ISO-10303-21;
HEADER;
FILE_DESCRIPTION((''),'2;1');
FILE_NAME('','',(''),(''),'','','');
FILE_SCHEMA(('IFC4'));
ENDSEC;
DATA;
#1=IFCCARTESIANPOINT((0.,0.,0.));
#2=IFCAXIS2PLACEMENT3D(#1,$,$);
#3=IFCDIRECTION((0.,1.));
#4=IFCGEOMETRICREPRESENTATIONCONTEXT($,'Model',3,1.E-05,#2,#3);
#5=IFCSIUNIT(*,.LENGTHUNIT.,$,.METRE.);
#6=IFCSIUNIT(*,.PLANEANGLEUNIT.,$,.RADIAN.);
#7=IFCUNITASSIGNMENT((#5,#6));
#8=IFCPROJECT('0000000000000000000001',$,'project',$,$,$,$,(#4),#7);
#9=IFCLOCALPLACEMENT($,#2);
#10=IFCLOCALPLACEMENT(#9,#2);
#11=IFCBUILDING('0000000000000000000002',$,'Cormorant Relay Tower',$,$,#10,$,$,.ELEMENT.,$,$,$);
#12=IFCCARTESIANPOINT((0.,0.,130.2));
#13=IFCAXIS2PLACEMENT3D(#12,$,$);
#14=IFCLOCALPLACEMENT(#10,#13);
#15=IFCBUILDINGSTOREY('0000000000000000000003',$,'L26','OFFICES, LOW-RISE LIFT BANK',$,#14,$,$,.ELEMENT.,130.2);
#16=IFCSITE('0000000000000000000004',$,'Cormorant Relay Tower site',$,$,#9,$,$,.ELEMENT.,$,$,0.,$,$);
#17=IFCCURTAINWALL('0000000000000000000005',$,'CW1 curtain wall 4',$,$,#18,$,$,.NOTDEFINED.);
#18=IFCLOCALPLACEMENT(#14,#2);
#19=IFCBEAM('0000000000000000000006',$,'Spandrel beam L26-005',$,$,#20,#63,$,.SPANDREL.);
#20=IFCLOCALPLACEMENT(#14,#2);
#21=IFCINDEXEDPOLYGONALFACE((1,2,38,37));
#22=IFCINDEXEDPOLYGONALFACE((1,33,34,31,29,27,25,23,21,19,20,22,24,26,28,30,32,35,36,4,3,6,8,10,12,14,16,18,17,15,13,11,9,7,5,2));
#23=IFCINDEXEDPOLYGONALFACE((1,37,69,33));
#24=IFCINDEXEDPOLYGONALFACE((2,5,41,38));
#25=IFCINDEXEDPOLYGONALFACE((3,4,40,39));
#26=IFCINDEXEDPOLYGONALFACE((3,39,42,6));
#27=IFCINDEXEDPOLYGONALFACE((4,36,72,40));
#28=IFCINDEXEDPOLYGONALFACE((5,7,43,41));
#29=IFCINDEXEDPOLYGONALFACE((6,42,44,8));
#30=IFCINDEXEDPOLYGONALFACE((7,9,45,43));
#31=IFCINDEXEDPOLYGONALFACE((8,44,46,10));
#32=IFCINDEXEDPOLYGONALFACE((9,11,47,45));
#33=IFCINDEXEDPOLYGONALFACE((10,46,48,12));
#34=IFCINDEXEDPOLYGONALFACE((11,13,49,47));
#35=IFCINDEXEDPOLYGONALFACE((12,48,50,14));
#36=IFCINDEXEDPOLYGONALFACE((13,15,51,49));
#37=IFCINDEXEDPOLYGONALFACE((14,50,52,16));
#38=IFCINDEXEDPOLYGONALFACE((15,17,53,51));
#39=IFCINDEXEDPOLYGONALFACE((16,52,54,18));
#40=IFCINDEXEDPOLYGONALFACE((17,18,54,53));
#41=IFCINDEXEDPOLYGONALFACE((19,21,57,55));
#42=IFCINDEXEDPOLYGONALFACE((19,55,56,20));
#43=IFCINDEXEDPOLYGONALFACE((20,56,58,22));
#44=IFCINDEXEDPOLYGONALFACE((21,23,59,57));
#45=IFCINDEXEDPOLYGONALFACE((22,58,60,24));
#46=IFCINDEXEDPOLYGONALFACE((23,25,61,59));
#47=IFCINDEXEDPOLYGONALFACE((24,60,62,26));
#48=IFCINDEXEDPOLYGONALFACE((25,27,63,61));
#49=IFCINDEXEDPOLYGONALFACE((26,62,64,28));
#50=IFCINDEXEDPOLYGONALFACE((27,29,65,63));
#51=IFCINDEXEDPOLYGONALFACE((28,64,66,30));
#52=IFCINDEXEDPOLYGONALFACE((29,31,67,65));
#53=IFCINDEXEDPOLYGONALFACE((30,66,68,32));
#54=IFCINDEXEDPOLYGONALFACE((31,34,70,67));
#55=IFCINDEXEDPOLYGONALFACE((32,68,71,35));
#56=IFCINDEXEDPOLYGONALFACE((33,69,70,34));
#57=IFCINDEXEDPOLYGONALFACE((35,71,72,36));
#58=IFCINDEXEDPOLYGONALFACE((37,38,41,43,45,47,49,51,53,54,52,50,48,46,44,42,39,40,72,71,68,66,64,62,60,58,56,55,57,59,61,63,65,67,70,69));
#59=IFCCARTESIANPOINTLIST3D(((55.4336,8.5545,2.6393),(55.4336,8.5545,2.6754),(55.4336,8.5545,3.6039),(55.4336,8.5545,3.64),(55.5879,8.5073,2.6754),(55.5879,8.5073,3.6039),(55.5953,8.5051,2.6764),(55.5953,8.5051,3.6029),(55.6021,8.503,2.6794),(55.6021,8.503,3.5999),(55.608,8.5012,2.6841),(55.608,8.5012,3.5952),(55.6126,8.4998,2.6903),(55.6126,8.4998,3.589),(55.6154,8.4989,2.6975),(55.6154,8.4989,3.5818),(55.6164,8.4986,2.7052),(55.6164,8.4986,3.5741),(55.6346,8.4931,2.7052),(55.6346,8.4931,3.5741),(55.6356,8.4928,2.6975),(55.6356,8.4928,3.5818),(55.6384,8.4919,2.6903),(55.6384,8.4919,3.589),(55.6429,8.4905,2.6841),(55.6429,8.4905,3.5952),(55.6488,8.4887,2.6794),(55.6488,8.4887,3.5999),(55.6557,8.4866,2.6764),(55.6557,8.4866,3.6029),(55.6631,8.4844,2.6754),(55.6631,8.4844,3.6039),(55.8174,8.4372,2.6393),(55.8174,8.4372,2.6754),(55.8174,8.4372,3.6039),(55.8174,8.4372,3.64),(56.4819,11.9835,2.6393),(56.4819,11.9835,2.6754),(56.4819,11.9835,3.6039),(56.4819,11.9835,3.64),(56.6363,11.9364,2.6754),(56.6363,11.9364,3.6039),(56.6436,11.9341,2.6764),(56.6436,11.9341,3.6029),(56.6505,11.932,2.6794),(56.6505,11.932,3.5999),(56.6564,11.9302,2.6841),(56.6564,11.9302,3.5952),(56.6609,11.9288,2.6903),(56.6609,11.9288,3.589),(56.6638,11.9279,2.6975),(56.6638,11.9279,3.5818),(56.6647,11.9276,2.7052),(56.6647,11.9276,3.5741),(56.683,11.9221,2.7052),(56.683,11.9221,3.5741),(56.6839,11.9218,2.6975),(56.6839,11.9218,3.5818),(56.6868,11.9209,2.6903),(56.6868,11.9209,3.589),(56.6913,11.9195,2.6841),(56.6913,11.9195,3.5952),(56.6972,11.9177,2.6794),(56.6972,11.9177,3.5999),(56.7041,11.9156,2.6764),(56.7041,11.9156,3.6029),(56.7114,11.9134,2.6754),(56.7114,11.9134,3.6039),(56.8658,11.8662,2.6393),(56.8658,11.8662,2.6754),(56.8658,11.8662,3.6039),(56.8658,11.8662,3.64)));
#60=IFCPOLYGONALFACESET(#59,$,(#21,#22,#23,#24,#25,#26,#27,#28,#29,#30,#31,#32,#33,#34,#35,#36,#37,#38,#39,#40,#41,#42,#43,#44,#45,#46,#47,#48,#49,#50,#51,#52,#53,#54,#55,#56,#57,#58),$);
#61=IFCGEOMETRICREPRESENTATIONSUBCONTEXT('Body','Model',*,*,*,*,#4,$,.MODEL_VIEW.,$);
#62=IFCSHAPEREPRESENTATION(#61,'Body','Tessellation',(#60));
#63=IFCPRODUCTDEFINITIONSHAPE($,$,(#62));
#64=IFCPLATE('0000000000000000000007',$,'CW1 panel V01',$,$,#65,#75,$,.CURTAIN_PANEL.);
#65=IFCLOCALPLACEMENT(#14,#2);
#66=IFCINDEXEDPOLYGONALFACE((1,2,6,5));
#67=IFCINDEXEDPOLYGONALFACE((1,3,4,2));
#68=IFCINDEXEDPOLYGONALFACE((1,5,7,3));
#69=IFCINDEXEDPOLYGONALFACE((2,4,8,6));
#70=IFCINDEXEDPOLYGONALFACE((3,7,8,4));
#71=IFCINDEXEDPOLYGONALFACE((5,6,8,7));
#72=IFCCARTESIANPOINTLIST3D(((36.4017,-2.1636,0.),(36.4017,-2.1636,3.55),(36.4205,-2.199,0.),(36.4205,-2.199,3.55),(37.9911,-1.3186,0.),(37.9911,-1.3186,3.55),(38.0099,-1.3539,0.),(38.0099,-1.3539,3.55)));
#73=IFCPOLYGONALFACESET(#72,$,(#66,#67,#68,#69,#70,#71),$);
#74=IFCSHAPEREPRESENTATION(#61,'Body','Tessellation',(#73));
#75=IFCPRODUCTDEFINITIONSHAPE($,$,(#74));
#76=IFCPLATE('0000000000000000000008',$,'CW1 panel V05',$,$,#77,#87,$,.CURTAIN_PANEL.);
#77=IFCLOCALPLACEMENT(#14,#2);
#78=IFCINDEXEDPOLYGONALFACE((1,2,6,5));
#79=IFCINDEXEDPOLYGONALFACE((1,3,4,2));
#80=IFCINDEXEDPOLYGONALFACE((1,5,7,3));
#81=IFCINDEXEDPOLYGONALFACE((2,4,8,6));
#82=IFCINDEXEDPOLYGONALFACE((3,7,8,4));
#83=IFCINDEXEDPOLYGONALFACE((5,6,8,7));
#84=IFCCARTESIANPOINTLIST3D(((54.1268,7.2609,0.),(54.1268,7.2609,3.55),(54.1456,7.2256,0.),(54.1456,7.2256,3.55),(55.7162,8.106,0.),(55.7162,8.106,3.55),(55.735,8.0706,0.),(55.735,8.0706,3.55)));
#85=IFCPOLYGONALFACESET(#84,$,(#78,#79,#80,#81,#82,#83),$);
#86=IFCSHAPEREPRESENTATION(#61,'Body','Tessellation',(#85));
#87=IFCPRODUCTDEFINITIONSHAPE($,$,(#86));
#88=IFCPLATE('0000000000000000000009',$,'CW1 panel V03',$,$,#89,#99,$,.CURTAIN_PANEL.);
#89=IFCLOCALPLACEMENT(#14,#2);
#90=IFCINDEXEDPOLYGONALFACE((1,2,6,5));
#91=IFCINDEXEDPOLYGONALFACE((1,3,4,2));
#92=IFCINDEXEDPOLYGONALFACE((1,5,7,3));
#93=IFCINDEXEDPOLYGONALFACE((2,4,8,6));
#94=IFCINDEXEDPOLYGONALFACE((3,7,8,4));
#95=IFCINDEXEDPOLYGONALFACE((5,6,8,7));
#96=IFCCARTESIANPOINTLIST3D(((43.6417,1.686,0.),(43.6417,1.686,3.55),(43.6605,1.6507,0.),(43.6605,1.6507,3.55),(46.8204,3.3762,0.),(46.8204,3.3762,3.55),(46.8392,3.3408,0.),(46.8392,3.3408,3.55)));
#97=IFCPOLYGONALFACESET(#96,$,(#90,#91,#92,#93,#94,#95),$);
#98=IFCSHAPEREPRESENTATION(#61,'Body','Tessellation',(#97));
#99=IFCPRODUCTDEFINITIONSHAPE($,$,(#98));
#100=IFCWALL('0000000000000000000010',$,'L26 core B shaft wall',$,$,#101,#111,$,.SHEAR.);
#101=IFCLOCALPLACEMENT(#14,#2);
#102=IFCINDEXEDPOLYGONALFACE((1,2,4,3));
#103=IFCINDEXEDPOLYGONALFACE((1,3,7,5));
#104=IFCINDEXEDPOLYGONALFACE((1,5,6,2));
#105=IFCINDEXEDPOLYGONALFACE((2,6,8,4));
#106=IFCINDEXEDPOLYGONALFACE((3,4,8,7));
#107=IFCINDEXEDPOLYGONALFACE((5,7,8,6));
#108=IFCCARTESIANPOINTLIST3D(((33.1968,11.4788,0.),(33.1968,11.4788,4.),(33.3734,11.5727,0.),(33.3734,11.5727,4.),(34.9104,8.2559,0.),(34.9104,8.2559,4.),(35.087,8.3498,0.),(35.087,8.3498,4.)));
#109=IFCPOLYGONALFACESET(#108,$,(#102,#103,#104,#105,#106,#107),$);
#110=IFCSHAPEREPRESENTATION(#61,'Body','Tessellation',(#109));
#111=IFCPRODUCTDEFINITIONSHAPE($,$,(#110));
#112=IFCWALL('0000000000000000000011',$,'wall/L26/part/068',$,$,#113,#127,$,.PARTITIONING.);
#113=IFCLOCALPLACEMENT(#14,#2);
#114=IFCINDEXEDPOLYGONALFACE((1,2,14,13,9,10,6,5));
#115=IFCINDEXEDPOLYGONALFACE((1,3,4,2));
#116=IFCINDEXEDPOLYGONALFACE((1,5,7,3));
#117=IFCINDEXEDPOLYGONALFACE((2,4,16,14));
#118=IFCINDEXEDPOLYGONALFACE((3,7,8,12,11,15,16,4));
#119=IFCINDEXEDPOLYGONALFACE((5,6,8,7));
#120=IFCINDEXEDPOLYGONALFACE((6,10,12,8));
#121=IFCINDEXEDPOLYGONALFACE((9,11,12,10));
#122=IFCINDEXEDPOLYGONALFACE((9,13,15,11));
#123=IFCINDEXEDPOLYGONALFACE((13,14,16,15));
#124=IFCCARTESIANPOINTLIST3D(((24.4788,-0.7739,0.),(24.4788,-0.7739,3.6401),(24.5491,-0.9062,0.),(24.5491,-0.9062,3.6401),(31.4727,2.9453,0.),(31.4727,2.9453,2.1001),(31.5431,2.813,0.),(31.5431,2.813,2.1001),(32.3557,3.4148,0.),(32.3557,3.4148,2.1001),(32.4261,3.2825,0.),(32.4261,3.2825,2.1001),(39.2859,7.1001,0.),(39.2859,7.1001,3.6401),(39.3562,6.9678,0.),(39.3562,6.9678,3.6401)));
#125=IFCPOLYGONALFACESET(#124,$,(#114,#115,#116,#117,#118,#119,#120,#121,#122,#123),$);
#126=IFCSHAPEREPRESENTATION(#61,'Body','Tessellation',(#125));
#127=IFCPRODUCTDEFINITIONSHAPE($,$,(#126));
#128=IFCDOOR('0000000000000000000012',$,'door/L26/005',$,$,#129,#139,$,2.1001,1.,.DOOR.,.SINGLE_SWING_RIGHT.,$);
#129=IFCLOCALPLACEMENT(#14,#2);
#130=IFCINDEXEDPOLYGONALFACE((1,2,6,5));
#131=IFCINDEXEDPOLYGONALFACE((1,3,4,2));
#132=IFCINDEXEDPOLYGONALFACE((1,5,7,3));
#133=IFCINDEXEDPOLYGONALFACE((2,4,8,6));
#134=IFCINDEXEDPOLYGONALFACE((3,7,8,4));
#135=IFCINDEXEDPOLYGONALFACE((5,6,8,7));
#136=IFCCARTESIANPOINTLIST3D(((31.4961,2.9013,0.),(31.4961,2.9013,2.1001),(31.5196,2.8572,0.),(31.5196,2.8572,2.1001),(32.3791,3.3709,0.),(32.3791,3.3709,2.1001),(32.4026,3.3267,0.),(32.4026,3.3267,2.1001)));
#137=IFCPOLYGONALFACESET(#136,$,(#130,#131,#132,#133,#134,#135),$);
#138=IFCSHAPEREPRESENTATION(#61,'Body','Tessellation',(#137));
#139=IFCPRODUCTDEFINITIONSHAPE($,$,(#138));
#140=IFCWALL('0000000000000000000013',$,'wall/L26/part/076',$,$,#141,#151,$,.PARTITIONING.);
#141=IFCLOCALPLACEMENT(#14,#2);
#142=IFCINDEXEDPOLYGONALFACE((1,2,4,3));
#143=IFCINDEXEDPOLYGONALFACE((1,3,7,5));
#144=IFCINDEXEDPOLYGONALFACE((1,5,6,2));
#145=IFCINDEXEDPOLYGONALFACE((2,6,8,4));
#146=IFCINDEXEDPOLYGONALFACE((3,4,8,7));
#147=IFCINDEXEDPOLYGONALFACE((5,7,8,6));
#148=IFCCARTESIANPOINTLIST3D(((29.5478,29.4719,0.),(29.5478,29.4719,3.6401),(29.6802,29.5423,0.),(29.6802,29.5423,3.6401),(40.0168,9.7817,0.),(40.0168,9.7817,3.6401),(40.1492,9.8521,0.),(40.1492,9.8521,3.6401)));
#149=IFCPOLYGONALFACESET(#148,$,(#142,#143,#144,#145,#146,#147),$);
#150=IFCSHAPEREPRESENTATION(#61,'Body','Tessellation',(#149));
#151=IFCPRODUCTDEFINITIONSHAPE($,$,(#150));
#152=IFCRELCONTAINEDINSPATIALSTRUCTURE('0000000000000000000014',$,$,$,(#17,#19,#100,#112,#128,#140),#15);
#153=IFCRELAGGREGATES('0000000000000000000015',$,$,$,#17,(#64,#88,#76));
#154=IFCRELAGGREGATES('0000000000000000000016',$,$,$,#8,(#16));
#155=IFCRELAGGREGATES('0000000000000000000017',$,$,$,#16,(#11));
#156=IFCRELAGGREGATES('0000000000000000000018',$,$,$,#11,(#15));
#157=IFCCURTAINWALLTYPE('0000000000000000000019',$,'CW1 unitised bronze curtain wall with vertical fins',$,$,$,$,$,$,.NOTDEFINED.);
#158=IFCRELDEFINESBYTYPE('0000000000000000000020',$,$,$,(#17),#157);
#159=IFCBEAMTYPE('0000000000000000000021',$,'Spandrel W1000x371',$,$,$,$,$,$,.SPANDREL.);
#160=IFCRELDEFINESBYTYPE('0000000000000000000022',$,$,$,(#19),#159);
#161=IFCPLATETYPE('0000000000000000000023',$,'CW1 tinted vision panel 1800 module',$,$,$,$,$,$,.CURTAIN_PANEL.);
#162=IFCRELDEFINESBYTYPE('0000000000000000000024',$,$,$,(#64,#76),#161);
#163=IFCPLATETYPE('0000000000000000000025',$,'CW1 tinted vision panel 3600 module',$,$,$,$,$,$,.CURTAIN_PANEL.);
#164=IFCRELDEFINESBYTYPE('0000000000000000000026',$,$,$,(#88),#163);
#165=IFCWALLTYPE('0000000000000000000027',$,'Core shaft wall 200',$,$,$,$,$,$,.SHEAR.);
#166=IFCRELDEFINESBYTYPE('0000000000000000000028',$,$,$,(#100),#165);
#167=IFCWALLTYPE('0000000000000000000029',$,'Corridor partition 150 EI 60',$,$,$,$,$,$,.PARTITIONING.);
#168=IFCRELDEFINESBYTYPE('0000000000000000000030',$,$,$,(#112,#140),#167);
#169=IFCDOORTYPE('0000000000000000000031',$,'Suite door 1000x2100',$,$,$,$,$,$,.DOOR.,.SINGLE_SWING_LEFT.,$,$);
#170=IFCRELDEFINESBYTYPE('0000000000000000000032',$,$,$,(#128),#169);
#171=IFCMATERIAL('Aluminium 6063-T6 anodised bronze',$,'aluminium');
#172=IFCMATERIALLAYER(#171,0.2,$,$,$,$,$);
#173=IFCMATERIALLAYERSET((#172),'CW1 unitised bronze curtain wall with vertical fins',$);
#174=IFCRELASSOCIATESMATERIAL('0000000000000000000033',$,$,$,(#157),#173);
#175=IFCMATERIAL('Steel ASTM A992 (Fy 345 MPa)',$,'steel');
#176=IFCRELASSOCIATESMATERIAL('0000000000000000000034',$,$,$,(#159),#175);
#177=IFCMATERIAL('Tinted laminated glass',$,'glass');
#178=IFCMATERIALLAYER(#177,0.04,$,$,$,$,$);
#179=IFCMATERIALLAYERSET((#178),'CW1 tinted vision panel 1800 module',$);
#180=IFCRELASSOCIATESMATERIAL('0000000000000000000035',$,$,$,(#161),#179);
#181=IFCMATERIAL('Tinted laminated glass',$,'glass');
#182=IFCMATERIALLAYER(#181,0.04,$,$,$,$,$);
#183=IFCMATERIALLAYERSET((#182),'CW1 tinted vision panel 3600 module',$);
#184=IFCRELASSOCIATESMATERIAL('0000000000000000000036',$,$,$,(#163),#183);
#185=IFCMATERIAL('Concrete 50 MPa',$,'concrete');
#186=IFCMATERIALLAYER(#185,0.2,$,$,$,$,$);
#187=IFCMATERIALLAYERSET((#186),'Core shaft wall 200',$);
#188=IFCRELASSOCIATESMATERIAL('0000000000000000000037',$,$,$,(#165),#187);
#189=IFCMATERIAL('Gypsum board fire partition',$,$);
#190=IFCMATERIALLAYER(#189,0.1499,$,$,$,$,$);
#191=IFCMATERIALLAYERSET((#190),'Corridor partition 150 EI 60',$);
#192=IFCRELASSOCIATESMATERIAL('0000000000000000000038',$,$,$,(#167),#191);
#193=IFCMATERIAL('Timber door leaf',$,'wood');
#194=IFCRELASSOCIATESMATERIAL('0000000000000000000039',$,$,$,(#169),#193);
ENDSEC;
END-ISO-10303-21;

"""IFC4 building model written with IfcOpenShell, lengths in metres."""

from ifc_helpers import new_model, si_unit, direction, frame, frame_2d, origin, origin_2d, place, context, subcontext, project, spatial, rectangle, i_section, extrude, material, layer, layer_set, material_profile, profile_set, type_object, element, fill, aggregate, save


model = new_model("IFC4")

# Units and contexts
model_context = context("Model", 3, precision=1e-05, world=origin(), true_north=direction((0.0, 1.0)))
body_context = subcontext(model_context, "Body", "Model", "MODEL_VIEW")
ifc_project = project(units=[si_unit("LENGTHUNIT", "METRE"), si_unit("PLANEANGLEUNIT", "RADIAN")], contexts=[model_context])

# Site, building, storey
site_placement = place(None, origin())
site = spatial("IfcSite", under=ifc_project, at=site_placement, Name="Cormorant Relay Tower site", CompositionType="ELEMENT", RefElevation=0.0)
building_placement = place(site_placement, origin())
building = spatial("IfcBuilding", under=site, at=building_placement, Name="Cormorant Relay Tower", CompositionType="ELEMENT")
storey_placement = place(building_placement, frame((0.0, 0.0, 130.2)))
storey = spatial("IfcBuildingStorey", under=building, at=storey_placement, Name="L26", Description="OFFICES, LOW-RISE LIFT BANK", CompositionType="ELEMENT", Elevation=130.2)

# Shared definitions
ifc_material_1 = material(Name="Aluminium 6063-T6 anodised bronze", Category="aluminium")
ifc_layer_1 = layer(ifc_material_1, 0.2)
ifc_layer_set_1 = layer_set([ifc_layer_1], Name="CW1 unitised bronze curtain wall with vertical fins")
curtain_wall_type = type_object("IfcCurtainWallType", Name="CW1 unitised bronze curtain wall with vertical fins", PredefinedType="NOTDEFINED", material=ifc_layer_set_1)

# Curtain wall
curtain_wall_1_placement = place(storey_placement, origin())
curtain_wall_1 = element("IfcCurtainWall", 1, at=curtain_wall_1_placement, inside=storey, type_object=curtain_wall_type, Name="CW1 curtain wall 4", PredefinedType="NOTDEFINED")

# Beam
ifc_material_2 = material(Name="Steel ASTM A992 (Fy 345 MPa)", Category="steel")
ifc_material_profile_1 = material_profile(ifc_material_2, i_section(OverallWidth=0.4014, OverallDepth=1.0007, WebThickness=0.019, FlangeThickness=0.0361, FilletRadius=0.0298, at=origin_2d()), Name="W1000x371")
ifc_profile_set_1 = profile_set([ifc_material_profile_1], Name="Steel ASTM A992 (Fy 345 MPa)")
beam_type = type_object("IfcBeamType", Name="Spandrel W1000x371", PredefinedType="SPANDREL", material=ifc_profile_set_1)
beam_1_placement = place(storey_placement, frame((55.6255, 8.4958, 3.1396), z_axis=(0.292372, 0.956305, 0.0), x_axis=(-0.956305, 0.292372, 0.0)))
element("IfcBeam", 2, at=beam_1_placement, inside=storey, type_object=beam_type, Name="Spandrel beam L26-005", PredefinedType="SPANDREL", context=body_context, shape_type="SweptSolid", body=[
    extrude(i_section(OverallWidth=0.4014, OverallDepth=1.0007, WebThickness=0.019, FlangeThickness=0.0361, FilletRadius=0.0298, at=origin_2d()), origin(), (0.0, 0.0, 1.0), 3.5857),
])

# Plates
ifc_material_3 = material(Name="Tinted laminated glass", Category="glass")
ifc_layer_2 = layer(ifc_material_3, 0.04)
ifc_layer_set_2 = layer_set([ifc_layer_2], Name="CW1 tinted vision panel 1800 module")
plate_type_1 = type_object("IfcPlateType", Name="CW1 tinted vision panel 1800 module", PredefinedType="CURTAIN_PANEL", material=ifc_layer_set_2)
plate_1_placement = place(storey_placement, frame((37.2058, -1.7588, 0.0), z_axis=(0.0, 0.0, 1.0), x_axis=(0.882948, 0.469472, 0.0)))
plate_1 = element("IfcPlate", 3, at=plate_1_placement, type_object=plate_type_1, Name="CW1 panel V01", PredefinedType="CURTAIN_PANEL", context=body_context, shape_type="SweptSolid", body=[
    extrude(rectangle(XDim=1.8, YDim=0.04, at=origin_2d()), origin(), (0.0, 0.0, 1.0), 3.55),
])
plate_2_placement = place(storey_placement, frame((54.9309, 7.6658, 0.0), z_axis=(0.0, 0.0, 1.0), x_axis=(0.882948, 0.469472, 0.0)))
plate_2 = element("IfcPlate", 4, at=plate_2_placement, type_object=plate_type_1, Name="CW1 panel V05", PredefinedType="CURTAIN_PANEL", context=body_context, shape_type="SweptSolid", body=[
    extrude(rectangle(XDim=1.8, YDim=0.04, at=origin_2d()), origin(), (0.0, 0.0, 1.0), 3.55),
])
ifc_material_4 = material(Name="Tinted laminated glass", Category="glass")
ifc_layer_3 = layer(ifc_material_4, 0.04)
ifc_layer_set_3 = layer_set([ifc_layer_3], Name="CW1 tinted vision panel 3600 module")
plate_type_2 = type_object("IfcPlateType", Name="CW1 tinted vision panel 3600 module", PredefinedType="CURTAIN_PANEL", material=ifc_layer_set_3)
plate_3_placement = place(storey_placement, frame((45.2405, 2.5134, 0.0), z_axis=(0.0, 0.0, 1.0), x_axis=(0.882948, 0.469472, 0.0)))
plate_3 = element("IfcPlate", 5, at=plate_3_placement, type_object=plate_type_2, Name="CW1 panel V03", PredefinedType="CURTAIN_PANEL", context=body_context, shape_type="SweptSolid", body=[
    extrude(rectangle(XDim=3.6001, YDim=0.04, at=origin_2d()), origin(), (0.0, 0.0, 1.0), 3.55),
])

# Wall
ifc_material_5 = material(Name="Concrete 50 MPa", Category="concrete")
ifc_layer_4 = layer(ifc_material_5, 0.2)
ifc_layer_set_4 = layer_set([ifc_layer_4], Name="Core shaft wall 200")
wall_type_1 = type_object("IfcWallType", Name="Core shaft wall 200", PredefinedType="SHEAR", material=ifc_layer_set_4)
wall_1_placement = place(storey_placement, frame((34.9988, 8.3027, 0.0), z_axis=(0.0, 0.0, 1.0), x_axis=(-0.469467, 0.88295, 0.0)))
element("IfcWall", 6, at=wall_1_placement, inside=storey, type_object=wall_type_1, Name="L26 core B shaft wall", PredefinedType="SHEAR", context=body_context, shape_type="SweptSolid", body=[
    extrude(rectangle(XDim=3.6501, YDim=0.2, at=frame_2d((1.8252, 0.0))), origin(), (0.0, 0.0, 1.0), 4.0),
])

# Wall, opening, door
ifc_material_6 = material(Name="Gypsum board fire partition")
ifc_layer_5 = layer(ifc_material_6, 0.1499)
ifc_layer_set_5 = layer_set([ifc_layer_5], Name="Corridor partition 150 EI 60")
wall_type_2 = type_object("IfcWallType", Name="Corridor partition 150 EI 60", PredefinedType="PARTITIONING", material=ifc_layer_set_5)
wall_2_placement = place(storey_placement, frame((39.321, 7.0339, 0.0), z_axis=(0.0, 0.0, 1.0), x_axis=(-0.882925, -0.469515, 0.0)))
wall_2 = element("IfcWall", 7, at=wall_2_placement, inside=storey, type_object=wall_type_2, Name="wall/L26/part/068", PredefinedType="PARTITIONING", context=body_context, shape_type="SweptSolid", body=[
    extrude(rectangle(XDim=16.7705, YDim=0.1499, at=frame_2d((8.3853, 0.0))), origin(), (0.0, 0.0, 1.0), 3.6401),
])
opening_1_placement = place(wall_2_placement, frame((7.8491, 0.0, 0.0)))
opening_1 = element("IfcOpeningElement", 8, at=opening_1_placement, cuts=wall_2, PredefinedType="OPENING", context=body_context, shape_type="SweptSolid", body=[
    extrude(rectangle(XDim=1.0, YDim=2.1001, at=frame_2d((0.5, 1.05))), frame((0.0, 0.085, 0.0), z_axis=(0.0, -1.0, 0.0), x_axis=(1.0, 0.0, 0.0)), (0.0, 0.0, 1.0), 0.1699),
])
ifc_material_7 = material(Name="Timber door leaf", Category="wood")
door_type_1 = type_object("IfcDoorType", Name="Suite door 1000x2100", OperationType="SINGLE_SWING_LEFT", PredefinedType="DOOR", material=ifc_material_7)
door_1_placement = place(opening_1_placement, origin())
door_1 = element("IfcDoor", 9, at=door_1_placement, inside=storey, type_object=door_type_1, Name="door/L26/005", OperationType="SINGLE_SWING_RIGHT", OverallHeight=2.1001, OverallWidth=1.0, PredefinedType="DOOR", context=body_context, shape_type="SweptSolid", body=[
    extrude(rectangle(XDim=1.0, YDim=2.1001, at=frame_2d((0.5, 1.05))), frame((0.0, 0.0249, 0.0), z_axis=(0.0, -1.0, 0.0), x_axis=(1.0, 0.0, 0.0)), (0.0, 0.0, 1.0), 0.05),
])
fill(opening_1, door_1)

# Wall
wall_3_placement = place(storey_placement, frame((40.083, 9.8169, 0.0), z_axis=(0.0, 0.0, 1.0), x_axis=(-0.469455, 0.882956, 0.0)))
element("IfcWall", 10, at=wall_3_placement, inside=storey, type_object=wall_type_2, Name="wall/L26/part/076", PredefinedType="PARTITIONING", context=body_context, shape_type="SweptSolid", body=[
    extrude(rectangle(XDim=22.3003, YDim=0.1499, at=frame_2d((11.1501, 0.0))), origin(), (0.0, 0.0, 1.0), 3.6401),
])

aggregate(curtain_wall_1, [plate_1, plate_3, plate_2])

save(model, "model.ifc")
